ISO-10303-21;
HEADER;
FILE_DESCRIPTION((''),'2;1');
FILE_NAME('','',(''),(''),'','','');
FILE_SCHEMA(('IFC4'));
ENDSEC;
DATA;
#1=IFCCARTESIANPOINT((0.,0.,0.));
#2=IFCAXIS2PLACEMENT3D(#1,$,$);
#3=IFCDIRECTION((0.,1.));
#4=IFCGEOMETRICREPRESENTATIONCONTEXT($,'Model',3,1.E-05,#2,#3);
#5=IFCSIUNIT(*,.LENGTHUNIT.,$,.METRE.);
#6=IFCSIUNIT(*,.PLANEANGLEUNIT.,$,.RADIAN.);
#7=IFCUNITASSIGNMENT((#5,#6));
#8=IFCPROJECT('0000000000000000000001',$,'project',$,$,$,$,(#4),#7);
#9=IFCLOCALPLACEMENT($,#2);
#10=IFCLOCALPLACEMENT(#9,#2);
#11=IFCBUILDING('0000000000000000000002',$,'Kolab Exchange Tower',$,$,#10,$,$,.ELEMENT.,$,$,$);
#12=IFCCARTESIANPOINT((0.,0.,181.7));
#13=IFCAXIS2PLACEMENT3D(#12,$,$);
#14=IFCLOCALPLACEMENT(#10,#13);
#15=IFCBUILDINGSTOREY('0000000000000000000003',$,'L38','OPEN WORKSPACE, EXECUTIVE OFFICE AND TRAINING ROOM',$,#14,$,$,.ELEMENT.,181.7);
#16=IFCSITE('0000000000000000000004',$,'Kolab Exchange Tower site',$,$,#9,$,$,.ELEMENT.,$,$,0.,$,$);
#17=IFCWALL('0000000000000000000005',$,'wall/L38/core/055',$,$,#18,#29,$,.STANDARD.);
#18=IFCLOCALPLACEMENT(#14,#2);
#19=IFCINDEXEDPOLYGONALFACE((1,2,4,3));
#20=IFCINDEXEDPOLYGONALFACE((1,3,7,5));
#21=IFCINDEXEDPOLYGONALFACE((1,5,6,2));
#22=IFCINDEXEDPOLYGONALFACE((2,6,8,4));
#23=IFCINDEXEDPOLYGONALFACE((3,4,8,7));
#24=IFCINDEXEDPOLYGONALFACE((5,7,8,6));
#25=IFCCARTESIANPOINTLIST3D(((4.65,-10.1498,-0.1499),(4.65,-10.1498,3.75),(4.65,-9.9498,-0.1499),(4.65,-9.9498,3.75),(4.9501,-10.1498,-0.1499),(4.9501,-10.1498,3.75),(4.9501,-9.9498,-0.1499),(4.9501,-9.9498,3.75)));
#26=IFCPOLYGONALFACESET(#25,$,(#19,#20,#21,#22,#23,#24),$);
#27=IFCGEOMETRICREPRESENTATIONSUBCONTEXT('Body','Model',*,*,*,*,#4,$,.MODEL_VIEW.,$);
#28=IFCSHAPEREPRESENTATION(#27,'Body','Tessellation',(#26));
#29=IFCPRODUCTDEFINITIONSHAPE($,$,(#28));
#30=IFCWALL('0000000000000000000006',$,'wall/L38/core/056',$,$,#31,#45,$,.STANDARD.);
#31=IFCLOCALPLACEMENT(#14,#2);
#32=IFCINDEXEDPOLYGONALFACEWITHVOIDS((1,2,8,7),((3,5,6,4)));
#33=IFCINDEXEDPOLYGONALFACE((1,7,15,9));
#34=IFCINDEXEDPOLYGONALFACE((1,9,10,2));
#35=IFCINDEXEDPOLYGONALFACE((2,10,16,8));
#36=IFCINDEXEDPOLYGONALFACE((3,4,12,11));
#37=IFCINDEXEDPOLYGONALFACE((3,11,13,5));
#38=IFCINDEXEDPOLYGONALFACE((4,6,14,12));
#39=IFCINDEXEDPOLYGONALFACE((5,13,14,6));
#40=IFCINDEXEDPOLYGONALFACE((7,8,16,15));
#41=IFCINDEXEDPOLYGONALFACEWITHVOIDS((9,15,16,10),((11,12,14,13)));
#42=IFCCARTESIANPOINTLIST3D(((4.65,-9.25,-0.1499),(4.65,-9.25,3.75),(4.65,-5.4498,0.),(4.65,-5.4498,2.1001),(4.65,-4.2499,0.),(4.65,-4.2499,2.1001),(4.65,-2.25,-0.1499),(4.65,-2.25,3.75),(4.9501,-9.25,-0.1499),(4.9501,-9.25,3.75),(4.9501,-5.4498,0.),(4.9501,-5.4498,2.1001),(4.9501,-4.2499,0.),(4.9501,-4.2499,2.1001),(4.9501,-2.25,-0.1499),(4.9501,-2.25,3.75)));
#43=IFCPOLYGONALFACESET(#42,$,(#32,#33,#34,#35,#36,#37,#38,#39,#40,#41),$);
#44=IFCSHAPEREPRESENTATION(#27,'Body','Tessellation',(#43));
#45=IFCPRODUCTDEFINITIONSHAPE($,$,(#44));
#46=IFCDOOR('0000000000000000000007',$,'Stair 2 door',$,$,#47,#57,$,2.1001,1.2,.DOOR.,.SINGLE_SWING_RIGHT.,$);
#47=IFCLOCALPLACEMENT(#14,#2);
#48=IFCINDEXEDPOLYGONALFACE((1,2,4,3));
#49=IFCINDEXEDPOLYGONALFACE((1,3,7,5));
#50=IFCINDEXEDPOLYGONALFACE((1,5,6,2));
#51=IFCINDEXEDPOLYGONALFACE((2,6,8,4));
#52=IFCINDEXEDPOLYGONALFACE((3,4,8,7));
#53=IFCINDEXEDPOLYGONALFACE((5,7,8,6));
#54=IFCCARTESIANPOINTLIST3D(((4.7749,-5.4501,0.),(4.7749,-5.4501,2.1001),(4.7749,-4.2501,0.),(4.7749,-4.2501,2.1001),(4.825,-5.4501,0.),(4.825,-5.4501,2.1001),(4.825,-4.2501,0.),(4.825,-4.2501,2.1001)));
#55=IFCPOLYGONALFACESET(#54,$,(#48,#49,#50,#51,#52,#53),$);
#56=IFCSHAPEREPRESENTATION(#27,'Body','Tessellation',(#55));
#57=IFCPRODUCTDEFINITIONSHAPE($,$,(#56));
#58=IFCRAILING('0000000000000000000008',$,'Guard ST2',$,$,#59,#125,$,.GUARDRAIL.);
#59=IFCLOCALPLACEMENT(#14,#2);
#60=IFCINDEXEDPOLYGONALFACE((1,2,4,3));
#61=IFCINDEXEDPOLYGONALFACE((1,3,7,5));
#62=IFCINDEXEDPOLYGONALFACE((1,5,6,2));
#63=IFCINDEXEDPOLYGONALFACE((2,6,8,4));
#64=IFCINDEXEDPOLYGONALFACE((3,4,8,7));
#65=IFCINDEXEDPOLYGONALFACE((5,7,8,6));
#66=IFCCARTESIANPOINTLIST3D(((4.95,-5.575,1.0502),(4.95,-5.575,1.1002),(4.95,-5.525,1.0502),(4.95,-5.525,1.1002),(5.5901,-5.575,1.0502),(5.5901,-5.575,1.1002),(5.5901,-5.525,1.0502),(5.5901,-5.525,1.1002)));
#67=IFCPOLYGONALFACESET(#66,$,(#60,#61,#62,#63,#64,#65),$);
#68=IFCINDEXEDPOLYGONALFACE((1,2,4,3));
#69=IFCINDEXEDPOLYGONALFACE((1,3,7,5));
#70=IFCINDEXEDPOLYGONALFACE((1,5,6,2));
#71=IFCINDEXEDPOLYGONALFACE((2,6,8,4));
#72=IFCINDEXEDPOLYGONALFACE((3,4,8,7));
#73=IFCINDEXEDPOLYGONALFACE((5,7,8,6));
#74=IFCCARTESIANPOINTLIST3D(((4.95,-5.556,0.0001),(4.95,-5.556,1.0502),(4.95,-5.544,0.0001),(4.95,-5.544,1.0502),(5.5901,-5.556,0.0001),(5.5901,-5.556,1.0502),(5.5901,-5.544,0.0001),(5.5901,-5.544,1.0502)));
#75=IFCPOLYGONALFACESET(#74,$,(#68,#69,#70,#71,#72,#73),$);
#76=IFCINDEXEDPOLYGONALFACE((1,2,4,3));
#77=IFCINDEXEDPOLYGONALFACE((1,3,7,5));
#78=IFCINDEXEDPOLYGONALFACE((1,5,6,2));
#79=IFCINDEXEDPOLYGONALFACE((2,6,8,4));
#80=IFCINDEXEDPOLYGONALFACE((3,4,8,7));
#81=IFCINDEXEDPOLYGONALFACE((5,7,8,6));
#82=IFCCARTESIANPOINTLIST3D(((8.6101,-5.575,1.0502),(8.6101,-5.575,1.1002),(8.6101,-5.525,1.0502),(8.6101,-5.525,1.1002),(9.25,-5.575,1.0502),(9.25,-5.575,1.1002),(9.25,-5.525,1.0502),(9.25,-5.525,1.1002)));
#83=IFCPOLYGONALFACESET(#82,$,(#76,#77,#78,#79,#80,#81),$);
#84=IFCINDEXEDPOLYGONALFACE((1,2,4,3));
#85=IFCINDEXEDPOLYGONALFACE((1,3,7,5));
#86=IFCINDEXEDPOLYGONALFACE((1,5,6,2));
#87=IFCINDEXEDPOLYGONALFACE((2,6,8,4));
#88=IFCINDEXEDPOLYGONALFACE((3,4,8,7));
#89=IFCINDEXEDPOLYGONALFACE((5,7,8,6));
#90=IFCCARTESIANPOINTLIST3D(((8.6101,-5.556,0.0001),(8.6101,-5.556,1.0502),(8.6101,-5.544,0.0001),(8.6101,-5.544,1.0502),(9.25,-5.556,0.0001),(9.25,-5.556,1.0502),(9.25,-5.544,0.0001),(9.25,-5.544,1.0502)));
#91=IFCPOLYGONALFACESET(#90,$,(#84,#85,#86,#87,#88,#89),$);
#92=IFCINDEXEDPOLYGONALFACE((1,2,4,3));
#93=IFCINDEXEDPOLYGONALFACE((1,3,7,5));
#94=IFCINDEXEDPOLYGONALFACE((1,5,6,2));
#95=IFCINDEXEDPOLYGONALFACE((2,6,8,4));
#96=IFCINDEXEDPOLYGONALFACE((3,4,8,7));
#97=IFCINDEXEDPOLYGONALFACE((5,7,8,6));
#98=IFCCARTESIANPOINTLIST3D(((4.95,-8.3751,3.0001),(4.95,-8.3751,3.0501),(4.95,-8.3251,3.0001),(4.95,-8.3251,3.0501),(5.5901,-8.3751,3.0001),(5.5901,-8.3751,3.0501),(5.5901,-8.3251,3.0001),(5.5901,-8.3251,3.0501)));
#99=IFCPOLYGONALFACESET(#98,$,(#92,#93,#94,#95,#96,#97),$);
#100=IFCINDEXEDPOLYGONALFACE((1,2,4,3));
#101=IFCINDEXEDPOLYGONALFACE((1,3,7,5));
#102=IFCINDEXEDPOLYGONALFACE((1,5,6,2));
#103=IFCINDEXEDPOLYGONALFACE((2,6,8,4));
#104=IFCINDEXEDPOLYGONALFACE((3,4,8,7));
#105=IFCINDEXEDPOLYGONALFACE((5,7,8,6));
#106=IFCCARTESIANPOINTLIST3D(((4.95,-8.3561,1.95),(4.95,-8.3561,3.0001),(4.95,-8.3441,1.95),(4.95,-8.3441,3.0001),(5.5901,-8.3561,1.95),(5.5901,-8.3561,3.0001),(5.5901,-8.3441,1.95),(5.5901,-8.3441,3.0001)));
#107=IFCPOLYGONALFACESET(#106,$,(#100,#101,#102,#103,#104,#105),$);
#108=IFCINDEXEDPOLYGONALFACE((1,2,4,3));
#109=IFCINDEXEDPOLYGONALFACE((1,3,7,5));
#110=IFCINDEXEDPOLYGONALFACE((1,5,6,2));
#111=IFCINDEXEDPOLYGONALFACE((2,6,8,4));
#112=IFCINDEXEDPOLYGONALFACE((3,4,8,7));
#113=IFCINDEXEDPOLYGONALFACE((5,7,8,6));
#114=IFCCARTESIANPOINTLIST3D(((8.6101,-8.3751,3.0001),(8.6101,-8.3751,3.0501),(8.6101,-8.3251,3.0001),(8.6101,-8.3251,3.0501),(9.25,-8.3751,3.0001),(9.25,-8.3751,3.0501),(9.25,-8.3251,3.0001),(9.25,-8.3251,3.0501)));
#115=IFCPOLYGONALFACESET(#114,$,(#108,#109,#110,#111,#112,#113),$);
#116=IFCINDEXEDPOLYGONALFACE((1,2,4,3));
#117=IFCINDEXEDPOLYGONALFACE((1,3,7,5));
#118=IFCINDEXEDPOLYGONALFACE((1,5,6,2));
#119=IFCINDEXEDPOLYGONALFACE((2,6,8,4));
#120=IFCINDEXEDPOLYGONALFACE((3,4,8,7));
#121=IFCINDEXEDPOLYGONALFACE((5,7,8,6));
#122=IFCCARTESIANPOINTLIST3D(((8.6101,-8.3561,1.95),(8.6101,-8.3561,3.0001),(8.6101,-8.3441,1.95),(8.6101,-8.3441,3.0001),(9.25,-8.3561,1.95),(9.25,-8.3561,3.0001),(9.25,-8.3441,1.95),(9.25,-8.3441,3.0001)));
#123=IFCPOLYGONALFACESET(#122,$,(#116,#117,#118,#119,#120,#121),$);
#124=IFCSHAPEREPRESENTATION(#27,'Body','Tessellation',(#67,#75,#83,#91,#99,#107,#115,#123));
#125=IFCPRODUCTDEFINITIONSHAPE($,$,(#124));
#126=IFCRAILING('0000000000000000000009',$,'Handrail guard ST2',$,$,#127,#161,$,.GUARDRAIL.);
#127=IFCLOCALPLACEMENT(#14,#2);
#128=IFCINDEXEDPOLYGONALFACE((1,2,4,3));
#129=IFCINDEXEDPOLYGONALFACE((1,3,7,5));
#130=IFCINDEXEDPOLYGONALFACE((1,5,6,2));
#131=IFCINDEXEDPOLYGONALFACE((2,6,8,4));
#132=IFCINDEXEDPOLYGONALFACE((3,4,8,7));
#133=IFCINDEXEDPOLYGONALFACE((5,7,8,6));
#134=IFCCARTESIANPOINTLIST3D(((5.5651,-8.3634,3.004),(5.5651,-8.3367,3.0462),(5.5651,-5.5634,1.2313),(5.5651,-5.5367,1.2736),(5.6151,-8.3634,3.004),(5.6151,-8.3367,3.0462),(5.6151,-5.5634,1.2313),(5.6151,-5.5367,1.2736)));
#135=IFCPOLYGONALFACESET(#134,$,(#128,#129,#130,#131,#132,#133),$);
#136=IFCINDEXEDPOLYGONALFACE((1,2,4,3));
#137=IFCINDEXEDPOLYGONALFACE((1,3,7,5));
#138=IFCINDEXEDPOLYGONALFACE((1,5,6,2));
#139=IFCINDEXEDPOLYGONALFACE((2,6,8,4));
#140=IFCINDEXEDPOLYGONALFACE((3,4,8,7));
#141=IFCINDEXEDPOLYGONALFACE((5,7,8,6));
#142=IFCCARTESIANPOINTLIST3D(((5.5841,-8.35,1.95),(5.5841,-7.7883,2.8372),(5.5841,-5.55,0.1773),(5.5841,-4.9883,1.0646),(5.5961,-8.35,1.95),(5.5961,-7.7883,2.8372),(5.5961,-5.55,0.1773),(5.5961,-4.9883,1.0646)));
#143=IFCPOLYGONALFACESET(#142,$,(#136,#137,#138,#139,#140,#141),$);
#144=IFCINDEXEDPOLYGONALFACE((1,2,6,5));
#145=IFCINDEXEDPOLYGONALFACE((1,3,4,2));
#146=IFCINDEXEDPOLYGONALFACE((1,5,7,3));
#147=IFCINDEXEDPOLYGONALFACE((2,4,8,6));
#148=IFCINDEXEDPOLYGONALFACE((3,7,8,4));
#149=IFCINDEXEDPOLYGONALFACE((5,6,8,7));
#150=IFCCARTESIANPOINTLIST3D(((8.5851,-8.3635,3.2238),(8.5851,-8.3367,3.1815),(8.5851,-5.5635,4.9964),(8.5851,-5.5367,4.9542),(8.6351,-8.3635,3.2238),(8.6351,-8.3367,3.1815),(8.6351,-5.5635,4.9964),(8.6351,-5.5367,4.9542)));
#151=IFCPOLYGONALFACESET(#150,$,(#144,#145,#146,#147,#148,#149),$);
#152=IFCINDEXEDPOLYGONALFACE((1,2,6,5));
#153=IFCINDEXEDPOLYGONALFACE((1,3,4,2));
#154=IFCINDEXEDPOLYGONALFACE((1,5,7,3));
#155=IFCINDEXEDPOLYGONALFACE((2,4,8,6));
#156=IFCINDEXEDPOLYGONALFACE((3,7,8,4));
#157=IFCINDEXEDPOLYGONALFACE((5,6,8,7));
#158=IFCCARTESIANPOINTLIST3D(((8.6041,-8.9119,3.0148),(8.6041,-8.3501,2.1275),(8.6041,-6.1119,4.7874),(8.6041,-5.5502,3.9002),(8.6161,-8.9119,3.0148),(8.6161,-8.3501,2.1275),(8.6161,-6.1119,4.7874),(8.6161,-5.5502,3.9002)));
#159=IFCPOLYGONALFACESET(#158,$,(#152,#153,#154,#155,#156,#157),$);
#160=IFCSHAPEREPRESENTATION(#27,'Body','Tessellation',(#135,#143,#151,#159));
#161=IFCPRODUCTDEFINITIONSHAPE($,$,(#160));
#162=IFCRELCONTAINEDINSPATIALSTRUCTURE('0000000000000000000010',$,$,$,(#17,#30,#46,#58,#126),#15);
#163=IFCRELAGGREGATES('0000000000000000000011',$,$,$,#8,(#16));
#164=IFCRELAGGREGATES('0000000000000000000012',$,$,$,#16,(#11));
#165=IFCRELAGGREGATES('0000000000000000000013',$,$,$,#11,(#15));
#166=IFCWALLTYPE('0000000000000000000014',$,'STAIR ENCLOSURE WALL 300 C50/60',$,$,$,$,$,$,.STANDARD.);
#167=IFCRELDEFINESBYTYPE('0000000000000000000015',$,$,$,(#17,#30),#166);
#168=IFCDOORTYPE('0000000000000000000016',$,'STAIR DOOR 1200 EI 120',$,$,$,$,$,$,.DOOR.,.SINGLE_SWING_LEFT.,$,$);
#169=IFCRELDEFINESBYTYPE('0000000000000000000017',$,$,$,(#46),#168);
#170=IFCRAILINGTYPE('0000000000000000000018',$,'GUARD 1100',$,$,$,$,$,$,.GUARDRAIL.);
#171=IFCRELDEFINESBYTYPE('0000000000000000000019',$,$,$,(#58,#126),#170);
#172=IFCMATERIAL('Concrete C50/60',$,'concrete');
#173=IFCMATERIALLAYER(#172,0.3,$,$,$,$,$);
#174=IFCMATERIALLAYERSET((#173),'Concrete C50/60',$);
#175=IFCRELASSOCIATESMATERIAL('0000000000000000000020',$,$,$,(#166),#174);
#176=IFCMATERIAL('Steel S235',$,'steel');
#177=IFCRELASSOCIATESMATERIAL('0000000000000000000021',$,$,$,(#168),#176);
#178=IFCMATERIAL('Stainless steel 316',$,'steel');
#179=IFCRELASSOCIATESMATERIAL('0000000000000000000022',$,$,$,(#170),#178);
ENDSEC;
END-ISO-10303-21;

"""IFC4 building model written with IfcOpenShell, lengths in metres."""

from ifc_helpers import new_model, si_unit, direction, frame, frame_2d, origin, origin_2d, place, context, subcontext, project, spatial, rectangle, extrude, material, layer, layer_set, type_object, element, fill, save


model = new_model("IFC4")

# Units and contexts
model_context = context("Model", 3, precision=1e-05, world=origin(), true_north=direction((0.0, 1.0)))
body_context = subcontext(model_context, "Body", "Model", "MODEL_VIEW")
ifc_project = project(units=[si_unit("LENGTHUNIT", "METRE"), si_unit("PLANEANGLEUNIT", "RADIAN")], contexts=[model_context])

# Site, building, storey
site_placement = place(None, origin())
site = spatial("IfcSite", under=ifc_project, at=site_placement, Name="Kolab Exchange Tower site", CompositionType="ELEMENT", RefElevation=0.0)
building_placement = place(site_placement, origin())
building = spatial("IfcBuilding", under=site, at=building_placement, Name="Kolab Exchange Tower", CompositionType="ELEMENT")
storey_placement = place(building_placement, frame((0.0, 0.0, 181.7)))
storey = spatial("IfcBuildingStorey", under=building, at=storey_placement, Name="L38", Description="OPEN WORKSPACE, EXECUTIVE OFFICE AND TRAINING ROOM", CompositionType="ELEMENT", Elevation=181.7)

# Shared definitions
ifc_material_1 = material(Name="Concrete C50/60", Category="concrete")
ifc_material_2 = material(Name="Stainless steel 316", Category="steel")

# Shared definitions
ifc_material_3 = material(Name="Steel S235", Category="steel")

# Wall
ifc_layer_1 = layer(ifc_material_1, 0.3)
ifc_layer_set_1 = layer_set([ifc_layer_1], Name="Concrete C50/60")
wall_type_1 = type_object("IfcWallType", Name="STAIR ENCLOSURE WALL 300 C50/60", PredefinedType="STANDARD", material=ifc_layer_set_1)
wall_1_placement = place(storey_placement, frame((4.8, -10.1499, -0.1499), z_axis=(0.0, 0.0, 1.0), x_axis=(0.0, 1.0, 0.0)))
element("IfcWall", 1, at=wall_1_placement, inside=storey, type_object=wall_type_1, Name="wall/L38/core/055", PredefinedType="STANDARD", context=body_context, shape_type="SweptSolid", body=[
    extrude(rectangle(XDim=0.2, YDim=0.3, at=frame_2d((0.1001, 0.0))), origin(), (0.0, 0.0, 1.0), 3.8999),
])

# Wall, opening, door
wall_2_placement = place(storey_placement, frame((4.8, -9.25, -0.1499), z_axis=(0.0, 0.0, 1.0), x_axis=(0.0, 1.0, 0.0)))
wall_2 = element("IfcWall", 2, at=wall_2_placement, inside=storey, type_object=wall_type_1, Name="wall/L38/core/056", PredefinedType="STANDARD", context=body_context, shape_type="SweptSolid", body=[
    extrude(rectangle(XDim=7.0, YDim=0.3, at=frame_2d((3.5, 0.0))), origin(), (0.0, 0.0, 1.0), 3.8999),
])
opening_1_placement = place(wall_2_placement, frame((3.8, 0.0, 0.1499)))
opening_1 = element("IfcOpeningElement", 3, at=opening_1_placement, cuts=wall_2, PredefinedType="OPENING", context=body_context, shape_type="SweptSolid", body=[
    extrude(rectangle(XDim=1.2, YDim=2.1001, at=frame_2d((0.6001, 1.05))), frame((0.0, 0.1602, 0.0), z_axis=(0.0, -1.0, 0.0), x_axis=(1.0, 0.0, 0.0)), (0.0, 0.0, 1.0), 0.3201),
])
door_type_1 = type_object("IfcDoorType", Name="STAIR DOOR 1200 EI 120", OperationType="SINGLE_SWING_LEFT", PredefinedType="DOOR", material=ifc_material_3)
door_1_placement = place(opening_1_placement, frame((1.2, 0.0, 0.0), z_axis=(0.0, 0.0, 1.0), x_axis=(-1.0, 0.0, 0.0)))
door_1 = element("IfcDoor", 4, at=door_1_placement, inside=storey, type_object=door_type_1, Name="Stair 2 door", OperationType="SINGLE_SWING_RIGHT", OverallHeight=2.1001, OverallWidth=1.2, PredefinedType="DOOR", context=body_context, shape_type="SweptSolid", body=[
    extrude(rectangle(XDim=1.2, YDim=2.1001, at=frame_2d((0.6001, 1.05))), frame((0.0, 0.0249, 0.0), z_axis=(0.0, -1.0, 0.0), x_axis=(1.0, 0.0, 0.0)), (0.0, 0.0, 1.0), 0.05),
])
fill(opening_1, door_1)

# Railings
railing_type = type_object("IfcRailingType", Name="GUARD 1100", PredefinedType="GUARDRAIL", material=ifc_material_2)
railing_1_placement = place(storey_placement, frame((4.95, -5.55, 0.0)))
element("IfcRailing", 5, at=railing_1_placement, inside=storey, type_object=railing_type, Name="Guard ST2", PredefinedType="GUARDRAIL", context=body_context, shape_type="SweptSolid", body=[
    extrude(rectangle(XDim=0.05, YDim=0.05, at=origin_2d()), frame((0.0, 0.0, 1.0752), z_axis=(1.0, 0.0, 0.0), x_axis=(0.0, 1.0, 0.0)), (0.0, 0.0, 1.0), 0.6401),
    extrude(rectangle(XDim=0.012, YDim=1.0501, at=frame_2d((0.0, 0.5251))), frame((0.0, 0.0, 0.0), z_axis=(1.0, 0.0, 0.0), x_axis=(0.0, 1.0, 0.0)), (0.0, 0.0, 1.0), 0.6401),
    extrude(rectangle(XDim=0.05, YDim=0.05, at=origin_2d()), frame((3.6602, 0.0, 1.0752), z_axis=(1.0, 0.0, 0.0), x_axis=(0.0, 1.0, 0.0)), (0.0, 0.0, 1.0), 0.6399),
    extrude(rectangle(XDim=0.012, YDim=1.0501, at=frame_2d((0.0, 0.5251))), frame((3.6602, 0.0, 0.0), z_axis=(1.0, 0.0, 0.0), x_axis=(0.0, 1.0, 0.0)), (0.0, 0.0, 1.0), 0.6399),
    extrude(rectangle(XDim=0.05, YDim=0.05, at=origin_2d()), frame((0.0, -2.8, 3.0251), z_axis=(1.0, 0.0, 0.0), x_axis=(0.0, 1.0, 0.0)), (0.0, 0.0, 1.0), 0.6401),
    extrude(rectangle(XDim=0.012, YDim=1.0501, at=frame_2d((0.0, 0.5251))), frame((0.0, -2.8, 1.95), z_axis=(1.0, 0.0, 0.0), x_axis=(0.0, 1.0, 0.0)), (0.0, 0.0, 1.0), 0.6401),
    extrude(rectangle(XDim=0.05, YDim=0.05, at=origin_2d()), frame((3.6602, -2.8, 3.0251), z_axis=(1.0, 0.0, 0.0), x_axis=(0.0, 1.0, 0.0)), (0.0, 0.0, 1.0), 0.6399),
    extrude(rectangle(XDim=0.012, YDim=1.0501, at=frame_2d((0.0, 0.5251))), frame((3.6602, -2.8, 1.95), z_axis=(1.0, 0.0, 0.0), x_axis=(0.0, 1.0, 0.0)), (0.0, 0.0, 1.0), 0.6399),
])
railing_2_placement = place(storey_placement, frame((5.5901, -5.55, 0.1772)))
element("IfcRailing", 6, at=railing_2_placement, inside=storey, type_object=railing_type, Name="Handrail guard ST2", PredefinedType="GUARDRAIL", context=body_context, shape_type="SweptSolid", body=[
    extrude(rectangle(XDim=0.05, YDim=0.05, at=origin_2d()), frame((0.0, 0.0, 1.0752), z_axis=(0.0, -0.844909, 0.53491), x_axis=(1.0, 0.0, 0.0)), (0.0, 0.0, 1.0), 3.314),
    extrude(rectangle(XDim=0.012, YDim=1.0501, at=frame_2d((0.0, 0.5251))), frame((0.0, 0.0, 0.0), z_axis=(0.0, -0.844909, 0.53491), x_axis=(1.0, 0.0, 0.0)), (0.0, 0.0, 1.0), 3.314),
    extrude(rectangle(XDim=0.05, YDim=0.05, at=origin_2d()), frame((3.02, -2.8, 3.0254), z_axis=(0.0, 0.844909, 0.53491), x_axis=(-1.0, 0.0, 0.0)), (0.0, 0.0, 1.0), 3.314),
    extrude(rectangle(XDim=0.012, YDim=1.0501, at=frame_2d((0.0, 0.5251))), frame((3.02, -2.8, 1.9502), z_axis=(0.0, 0.844909, 0.53491), x_axis=(-1.0, 0.0, 0.0)), (0.0, 0.0, 1.0), 3.314),
])

save(model, "model.ifc")
